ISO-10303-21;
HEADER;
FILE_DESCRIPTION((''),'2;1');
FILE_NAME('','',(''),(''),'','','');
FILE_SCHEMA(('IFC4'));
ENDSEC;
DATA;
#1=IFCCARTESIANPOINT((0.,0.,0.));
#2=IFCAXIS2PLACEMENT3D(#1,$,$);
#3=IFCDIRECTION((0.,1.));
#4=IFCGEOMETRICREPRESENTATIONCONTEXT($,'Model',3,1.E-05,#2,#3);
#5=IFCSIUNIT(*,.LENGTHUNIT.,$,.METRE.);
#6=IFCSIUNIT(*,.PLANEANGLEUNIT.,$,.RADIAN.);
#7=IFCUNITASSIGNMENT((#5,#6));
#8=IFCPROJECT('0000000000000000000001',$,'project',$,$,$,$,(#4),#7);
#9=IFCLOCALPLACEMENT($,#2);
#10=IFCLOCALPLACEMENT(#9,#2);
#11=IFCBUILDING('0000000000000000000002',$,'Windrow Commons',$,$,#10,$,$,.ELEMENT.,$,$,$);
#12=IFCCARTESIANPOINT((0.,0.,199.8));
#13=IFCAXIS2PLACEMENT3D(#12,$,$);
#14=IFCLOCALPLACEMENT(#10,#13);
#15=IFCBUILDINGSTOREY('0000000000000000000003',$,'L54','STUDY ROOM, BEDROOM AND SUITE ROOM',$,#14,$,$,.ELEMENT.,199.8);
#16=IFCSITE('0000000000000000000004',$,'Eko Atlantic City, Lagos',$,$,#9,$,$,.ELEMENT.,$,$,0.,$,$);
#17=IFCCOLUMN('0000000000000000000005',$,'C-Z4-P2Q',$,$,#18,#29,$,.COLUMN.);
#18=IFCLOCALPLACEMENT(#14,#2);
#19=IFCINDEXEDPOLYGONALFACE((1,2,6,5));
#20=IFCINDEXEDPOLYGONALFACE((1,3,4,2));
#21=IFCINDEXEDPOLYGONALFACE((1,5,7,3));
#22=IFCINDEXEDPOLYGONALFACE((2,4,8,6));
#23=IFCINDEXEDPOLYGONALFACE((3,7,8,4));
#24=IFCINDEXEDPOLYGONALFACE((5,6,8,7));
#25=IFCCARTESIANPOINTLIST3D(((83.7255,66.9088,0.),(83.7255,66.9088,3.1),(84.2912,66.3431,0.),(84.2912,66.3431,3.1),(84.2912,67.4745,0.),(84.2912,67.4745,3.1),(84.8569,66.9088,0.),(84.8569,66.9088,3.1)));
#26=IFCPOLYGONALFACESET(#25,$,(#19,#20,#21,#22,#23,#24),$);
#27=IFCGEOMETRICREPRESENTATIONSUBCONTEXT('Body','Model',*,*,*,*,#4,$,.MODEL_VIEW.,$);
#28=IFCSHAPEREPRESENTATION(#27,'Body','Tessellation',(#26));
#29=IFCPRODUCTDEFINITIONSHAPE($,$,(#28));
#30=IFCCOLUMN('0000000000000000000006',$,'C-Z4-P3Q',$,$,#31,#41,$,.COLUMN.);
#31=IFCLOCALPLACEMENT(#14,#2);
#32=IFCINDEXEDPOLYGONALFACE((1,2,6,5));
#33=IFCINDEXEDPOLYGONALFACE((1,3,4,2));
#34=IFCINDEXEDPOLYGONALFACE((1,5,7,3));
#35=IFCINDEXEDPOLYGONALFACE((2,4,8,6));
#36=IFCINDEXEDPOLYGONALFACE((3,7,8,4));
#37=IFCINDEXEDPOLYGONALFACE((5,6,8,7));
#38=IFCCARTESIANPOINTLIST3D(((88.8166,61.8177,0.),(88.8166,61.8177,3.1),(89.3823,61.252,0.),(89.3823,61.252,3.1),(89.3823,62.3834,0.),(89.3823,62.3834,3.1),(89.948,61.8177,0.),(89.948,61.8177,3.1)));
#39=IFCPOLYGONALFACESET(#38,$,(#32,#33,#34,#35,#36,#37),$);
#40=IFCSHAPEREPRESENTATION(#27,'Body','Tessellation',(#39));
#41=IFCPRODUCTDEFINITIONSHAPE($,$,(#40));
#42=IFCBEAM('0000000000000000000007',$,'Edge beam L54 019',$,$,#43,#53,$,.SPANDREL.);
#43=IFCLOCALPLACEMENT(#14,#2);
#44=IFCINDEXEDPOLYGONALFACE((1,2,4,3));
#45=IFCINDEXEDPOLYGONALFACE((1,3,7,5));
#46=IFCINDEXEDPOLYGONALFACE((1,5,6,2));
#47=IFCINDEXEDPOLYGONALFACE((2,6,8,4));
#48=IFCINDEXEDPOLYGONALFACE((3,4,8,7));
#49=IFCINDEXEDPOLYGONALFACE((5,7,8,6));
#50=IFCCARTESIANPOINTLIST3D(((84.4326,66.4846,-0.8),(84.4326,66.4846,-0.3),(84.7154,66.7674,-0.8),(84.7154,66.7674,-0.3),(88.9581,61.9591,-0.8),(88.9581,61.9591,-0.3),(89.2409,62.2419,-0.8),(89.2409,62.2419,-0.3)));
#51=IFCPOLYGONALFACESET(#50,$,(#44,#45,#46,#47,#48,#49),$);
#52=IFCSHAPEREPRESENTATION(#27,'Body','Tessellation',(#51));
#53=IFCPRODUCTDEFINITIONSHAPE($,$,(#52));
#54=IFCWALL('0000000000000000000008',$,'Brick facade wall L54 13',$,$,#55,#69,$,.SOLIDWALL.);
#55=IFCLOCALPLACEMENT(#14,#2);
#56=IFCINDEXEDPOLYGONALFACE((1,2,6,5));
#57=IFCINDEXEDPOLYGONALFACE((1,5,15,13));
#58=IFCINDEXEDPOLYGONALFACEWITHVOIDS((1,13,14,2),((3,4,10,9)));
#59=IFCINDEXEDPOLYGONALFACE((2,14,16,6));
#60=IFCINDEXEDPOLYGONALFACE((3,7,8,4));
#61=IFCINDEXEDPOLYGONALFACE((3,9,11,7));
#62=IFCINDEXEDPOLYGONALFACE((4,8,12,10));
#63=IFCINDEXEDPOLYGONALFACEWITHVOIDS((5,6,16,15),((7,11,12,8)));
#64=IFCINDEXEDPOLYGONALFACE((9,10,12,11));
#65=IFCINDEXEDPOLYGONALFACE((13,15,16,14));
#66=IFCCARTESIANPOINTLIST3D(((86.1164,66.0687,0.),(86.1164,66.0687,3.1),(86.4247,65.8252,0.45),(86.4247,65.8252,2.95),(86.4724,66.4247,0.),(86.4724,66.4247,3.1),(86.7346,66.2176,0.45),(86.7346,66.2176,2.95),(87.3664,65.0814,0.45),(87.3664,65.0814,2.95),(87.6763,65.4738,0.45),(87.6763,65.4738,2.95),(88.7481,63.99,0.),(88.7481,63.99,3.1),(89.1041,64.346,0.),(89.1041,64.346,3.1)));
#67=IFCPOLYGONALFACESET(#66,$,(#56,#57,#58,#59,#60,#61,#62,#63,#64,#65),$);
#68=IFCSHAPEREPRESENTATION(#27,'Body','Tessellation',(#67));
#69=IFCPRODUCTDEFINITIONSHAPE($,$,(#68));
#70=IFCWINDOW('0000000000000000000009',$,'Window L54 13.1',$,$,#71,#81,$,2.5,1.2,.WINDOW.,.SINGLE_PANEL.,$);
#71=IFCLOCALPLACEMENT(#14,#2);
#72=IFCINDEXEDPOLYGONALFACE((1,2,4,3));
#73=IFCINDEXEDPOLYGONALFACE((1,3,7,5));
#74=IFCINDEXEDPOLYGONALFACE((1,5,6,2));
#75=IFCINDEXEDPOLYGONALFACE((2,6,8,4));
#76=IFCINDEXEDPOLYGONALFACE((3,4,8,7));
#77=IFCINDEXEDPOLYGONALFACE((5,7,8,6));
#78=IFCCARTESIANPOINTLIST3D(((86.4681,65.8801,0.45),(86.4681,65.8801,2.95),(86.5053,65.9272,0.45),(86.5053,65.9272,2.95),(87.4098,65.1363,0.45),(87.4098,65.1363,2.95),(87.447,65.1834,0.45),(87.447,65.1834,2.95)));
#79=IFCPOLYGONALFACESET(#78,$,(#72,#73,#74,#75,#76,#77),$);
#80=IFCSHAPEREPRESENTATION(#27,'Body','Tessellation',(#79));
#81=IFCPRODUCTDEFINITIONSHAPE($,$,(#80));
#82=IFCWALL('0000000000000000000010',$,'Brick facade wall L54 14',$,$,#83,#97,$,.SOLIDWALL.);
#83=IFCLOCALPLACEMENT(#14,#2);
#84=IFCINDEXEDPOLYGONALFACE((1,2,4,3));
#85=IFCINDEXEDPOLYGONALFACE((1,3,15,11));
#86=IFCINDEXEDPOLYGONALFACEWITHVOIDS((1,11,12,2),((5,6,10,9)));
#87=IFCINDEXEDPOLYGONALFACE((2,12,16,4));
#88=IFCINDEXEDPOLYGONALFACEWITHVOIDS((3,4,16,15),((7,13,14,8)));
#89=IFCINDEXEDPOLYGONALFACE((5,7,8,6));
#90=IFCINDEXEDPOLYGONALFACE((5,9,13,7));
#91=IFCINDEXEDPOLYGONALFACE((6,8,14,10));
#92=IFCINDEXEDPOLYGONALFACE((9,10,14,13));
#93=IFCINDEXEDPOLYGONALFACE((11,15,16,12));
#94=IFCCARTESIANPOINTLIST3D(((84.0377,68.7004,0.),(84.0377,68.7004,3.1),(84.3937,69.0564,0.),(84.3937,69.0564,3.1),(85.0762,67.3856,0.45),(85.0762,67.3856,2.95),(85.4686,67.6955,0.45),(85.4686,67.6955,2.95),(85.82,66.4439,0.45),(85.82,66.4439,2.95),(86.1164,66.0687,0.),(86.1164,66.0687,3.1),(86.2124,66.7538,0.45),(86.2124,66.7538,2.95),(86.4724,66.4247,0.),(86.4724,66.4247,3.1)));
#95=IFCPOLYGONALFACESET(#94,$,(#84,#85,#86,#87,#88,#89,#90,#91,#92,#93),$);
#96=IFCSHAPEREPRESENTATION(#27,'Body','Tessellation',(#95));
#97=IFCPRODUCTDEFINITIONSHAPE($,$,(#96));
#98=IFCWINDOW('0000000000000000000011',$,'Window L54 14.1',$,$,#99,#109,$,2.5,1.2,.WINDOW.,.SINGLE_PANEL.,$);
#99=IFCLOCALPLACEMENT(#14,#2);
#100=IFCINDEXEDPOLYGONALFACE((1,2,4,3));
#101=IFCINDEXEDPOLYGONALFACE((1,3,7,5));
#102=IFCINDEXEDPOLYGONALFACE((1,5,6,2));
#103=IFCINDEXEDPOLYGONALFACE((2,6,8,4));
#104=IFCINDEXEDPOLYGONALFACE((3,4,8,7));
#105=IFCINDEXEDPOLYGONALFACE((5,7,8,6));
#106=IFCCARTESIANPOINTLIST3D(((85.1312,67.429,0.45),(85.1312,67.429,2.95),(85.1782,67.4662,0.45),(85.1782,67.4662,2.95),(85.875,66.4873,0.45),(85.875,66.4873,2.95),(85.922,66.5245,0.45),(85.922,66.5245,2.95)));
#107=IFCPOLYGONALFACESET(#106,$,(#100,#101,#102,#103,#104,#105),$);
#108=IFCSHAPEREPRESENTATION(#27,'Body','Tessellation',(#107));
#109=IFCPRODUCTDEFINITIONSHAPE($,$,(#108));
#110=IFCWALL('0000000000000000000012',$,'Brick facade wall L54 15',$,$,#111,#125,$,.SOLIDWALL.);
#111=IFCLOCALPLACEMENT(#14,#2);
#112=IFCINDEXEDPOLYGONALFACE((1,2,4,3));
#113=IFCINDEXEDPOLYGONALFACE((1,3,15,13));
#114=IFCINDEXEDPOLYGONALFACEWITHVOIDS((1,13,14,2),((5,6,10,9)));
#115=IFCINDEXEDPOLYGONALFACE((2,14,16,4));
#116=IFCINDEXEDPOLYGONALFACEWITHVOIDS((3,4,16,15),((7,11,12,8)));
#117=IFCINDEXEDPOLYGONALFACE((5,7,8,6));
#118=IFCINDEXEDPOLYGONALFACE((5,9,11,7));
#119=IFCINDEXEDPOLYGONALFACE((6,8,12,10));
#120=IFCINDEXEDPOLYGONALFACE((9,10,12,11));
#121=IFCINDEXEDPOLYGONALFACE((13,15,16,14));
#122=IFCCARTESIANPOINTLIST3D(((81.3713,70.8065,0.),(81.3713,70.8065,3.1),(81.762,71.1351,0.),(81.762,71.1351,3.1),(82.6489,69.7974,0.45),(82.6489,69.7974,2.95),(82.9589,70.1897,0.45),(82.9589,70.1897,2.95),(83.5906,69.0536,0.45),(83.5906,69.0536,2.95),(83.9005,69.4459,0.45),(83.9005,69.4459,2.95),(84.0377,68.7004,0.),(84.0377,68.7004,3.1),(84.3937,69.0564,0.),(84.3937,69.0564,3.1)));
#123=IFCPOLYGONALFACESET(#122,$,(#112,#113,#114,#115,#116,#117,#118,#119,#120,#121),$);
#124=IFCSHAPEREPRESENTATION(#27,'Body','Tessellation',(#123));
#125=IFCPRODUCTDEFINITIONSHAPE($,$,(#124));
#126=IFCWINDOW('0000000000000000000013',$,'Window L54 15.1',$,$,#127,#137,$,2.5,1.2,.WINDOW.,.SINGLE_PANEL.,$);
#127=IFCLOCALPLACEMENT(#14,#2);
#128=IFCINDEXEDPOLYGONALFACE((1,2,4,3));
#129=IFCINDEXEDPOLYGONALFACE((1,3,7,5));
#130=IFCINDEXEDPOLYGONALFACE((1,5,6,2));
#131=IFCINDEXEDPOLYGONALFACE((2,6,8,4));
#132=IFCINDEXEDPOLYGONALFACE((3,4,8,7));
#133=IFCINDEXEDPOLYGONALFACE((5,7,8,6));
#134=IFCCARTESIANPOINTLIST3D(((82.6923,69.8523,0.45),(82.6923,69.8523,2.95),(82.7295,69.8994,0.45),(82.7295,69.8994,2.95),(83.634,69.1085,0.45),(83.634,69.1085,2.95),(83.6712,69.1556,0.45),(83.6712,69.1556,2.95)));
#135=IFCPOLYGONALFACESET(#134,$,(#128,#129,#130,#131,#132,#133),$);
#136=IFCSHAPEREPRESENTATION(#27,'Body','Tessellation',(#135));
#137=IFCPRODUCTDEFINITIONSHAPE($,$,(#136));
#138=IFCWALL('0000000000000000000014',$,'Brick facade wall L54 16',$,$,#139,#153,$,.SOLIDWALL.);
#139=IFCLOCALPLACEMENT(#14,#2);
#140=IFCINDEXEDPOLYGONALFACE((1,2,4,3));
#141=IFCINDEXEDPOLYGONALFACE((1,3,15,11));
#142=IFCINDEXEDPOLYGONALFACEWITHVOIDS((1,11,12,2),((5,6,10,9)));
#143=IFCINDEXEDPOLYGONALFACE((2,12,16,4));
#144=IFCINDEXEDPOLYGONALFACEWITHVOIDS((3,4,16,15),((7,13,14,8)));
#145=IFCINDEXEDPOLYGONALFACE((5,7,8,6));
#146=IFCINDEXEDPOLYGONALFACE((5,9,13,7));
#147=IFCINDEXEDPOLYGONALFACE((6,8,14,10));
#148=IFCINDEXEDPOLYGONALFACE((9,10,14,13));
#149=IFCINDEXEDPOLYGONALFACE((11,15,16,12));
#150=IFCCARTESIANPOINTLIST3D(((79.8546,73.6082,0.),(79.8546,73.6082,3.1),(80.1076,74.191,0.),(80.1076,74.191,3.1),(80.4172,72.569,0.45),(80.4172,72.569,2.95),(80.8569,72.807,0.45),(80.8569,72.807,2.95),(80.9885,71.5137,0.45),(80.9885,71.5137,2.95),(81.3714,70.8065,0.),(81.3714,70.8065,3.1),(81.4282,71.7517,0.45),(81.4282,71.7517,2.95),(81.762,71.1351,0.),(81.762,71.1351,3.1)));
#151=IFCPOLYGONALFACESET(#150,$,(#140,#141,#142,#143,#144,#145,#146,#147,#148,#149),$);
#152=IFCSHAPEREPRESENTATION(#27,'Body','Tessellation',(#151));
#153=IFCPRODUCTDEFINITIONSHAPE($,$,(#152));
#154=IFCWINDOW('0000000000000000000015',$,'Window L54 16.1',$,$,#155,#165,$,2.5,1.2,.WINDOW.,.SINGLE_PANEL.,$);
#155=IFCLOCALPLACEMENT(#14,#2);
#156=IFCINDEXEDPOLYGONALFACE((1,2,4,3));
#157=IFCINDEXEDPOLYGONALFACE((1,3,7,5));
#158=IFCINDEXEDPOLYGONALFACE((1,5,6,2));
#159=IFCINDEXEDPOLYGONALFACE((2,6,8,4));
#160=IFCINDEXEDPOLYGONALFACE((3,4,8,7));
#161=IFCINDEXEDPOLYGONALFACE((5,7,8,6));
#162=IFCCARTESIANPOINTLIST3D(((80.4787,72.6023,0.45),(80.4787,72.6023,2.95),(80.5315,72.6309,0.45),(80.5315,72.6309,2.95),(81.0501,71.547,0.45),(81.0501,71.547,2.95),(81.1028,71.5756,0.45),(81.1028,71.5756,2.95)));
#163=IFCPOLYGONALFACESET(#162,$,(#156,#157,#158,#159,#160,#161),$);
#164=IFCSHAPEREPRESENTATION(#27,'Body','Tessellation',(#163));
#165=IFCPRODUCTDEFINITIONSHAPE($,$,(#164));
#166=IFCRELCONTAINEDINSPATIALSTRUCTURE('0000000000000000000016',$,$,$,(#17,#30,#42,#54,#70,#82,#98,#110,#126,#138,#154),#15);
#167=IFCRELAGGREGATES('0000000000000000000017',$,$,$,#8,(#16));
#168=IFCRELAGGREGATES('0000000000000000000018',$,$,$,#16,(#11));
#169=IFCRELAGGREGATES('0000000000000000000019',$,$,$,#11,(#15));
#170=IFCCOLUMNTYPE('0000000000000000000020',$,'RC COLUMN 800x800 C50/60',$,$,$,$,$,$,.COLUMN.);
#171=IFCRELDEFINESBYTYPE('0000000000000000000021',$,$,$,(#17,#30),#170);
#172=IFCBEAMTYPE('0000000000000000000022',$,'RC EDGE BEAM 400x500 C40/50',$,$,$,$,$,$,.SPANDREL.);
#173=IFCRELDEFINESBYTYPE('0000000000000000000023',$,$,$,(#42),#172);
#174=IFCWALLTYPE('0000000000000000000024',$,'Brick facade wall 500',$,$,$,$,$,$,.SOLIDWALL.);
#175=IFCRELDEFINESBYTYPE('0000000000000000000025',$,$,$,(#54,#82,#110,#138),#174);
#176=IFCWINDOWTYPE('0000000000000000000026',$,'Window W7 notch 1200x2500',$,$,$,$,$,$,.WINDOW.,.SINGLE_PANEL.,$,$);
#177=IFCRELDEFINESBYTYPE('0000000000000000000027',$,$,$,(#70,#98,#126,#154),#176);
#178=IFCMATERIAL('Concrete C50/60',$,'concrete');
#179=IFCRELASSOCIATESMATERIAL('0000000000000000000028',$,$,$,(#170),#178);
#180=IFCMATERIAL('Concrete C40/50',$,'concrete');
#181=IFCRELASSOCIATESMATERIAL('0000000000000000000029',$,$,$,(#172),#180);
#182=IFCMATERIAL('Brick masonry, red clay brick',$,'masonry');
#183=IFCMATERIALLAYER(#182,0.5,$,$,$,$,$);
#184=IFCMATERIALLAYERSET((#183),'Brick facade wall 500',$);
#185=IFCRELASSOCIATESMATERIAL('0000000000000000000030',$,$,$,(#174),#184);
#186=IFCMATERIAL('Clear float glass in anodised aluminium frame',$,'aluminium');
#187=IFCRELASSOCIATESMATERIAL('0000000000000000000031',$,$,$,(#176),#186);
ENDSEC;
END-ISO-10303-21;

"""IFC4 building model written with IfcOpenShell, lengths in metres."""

from ifc_helpers import new_model, si_unit, direction, frame, frame_2d, origin, origin_2d, place, context, subcontext, project, spatial, polyline, rectangle, outline, extrude, material, layer, layer_set, material_profile, profile_set, type_object, element, fill, save


model = new_model("IFC4")

# Units and contexts
model_context = context("Model", 3, precision=1e-05, world=origin(), true_north=direction((0.0, 1.0)))
body_context = subcontext(model_context, "Body", "Model", "MODEL_VIEW")
ifc_project = project(units=[si_unit("LENGTHUNIT", "METRE"), si_unit("PLANEANGLEUNIT", "RADIAN")], contexts=[model_context])

# Site, building, storey
site_placement = place(None, origin())
site = spatial("IfcSite", under=ifc_project, at=site_placement, Name="Eko Atlantic City, Lagos", CompositionType="ELEMENT", RefElevation=0.0)
building_placement = place(site_placement, origin())
building = spatial("IfcBuilding", under=site, at=building_placement, Name="Windrow Commons", CompositionType="ELEMENT")
storey_placement = place(building_placement, frame((0.0, 0.0, 199.8)))
storey = spatial("IfcBuildingStorey", under=building, at=storey_placement, Name="L54", Description="STUDY ROOM, BEDROOM AND SUITE ROOM", CompositionType="ELEMENT", Elevation=199.8)

# Columns
ifc_material_1 = material(Name="Concrete C50/60", Category="concrete")
ifc_material_profile_1 = material_profile(ifc_material_1, rectangle(XDim=0.8, YDim=0.8, at=origin_2d()))
ifc_profile_set_1 = profile_set([ifc_material_profile_1], Name="Concrete C50/60")
column_type = type_object("IfcColumnType", Name="RC COLUMN 800x800 C50/60", PredefinedType="COLUMN", material=ifc_profile_set_1)
for number, where, z_axis, x_axis, name in (
    (1, (84.2912, 66.9088, 0.0), (0.0, 0.0, 1.0), (0.707107, -0.707107, 0.0), "C-Z4-P2Q"),
    (2, (89.3823, 61.8177, 0.0), (0.0, 0.0, 1.0), (0.707107, -0.707107, 0.0), "C-Z4-P3Q"),
):
    element("IfcColumn", number, at=place(storey_placement, frame(where, z_axis=z_axis, x_axis=x_axis)), inside=storey, type_object=column_type, Name=name, PredefinedType="COLUMN", context=body_context, shape_type="SweptSolid", body=[
        extrude(rectangle(XDim=0.8, YDim=0.8, at=origin_2d()), origin(), (0.0, 0.0, 1.0), 3.1),
    ])

# Beam
ifc_material_2 = material(Name="Concrete C40/50", Category="concrete")
ifc_material_profile_2 = material_profile(ifc_material_2, rectangle(XDim=0.4, YDim=0.5, at=origin_2d()))
ifc_profile_set_2 = profile_set([ifc_material_profile_2], Name="Concrete C40/50")
beam_type = type_object("IfcBeamType", Name="RC EDGE BEAM 400x500 C40/50", PredefinedType="SPANDREL", material=ifc_profile_set_2)
beam_placement = place(storey_placement, frame((84.574, 66.626, -0.55), z_axis=(0.707107, -0.707107, 0.0), x_axis=(0.707107, 0.707107, 0.0)))
element("IfcBeam", 3, at=beam_placement, inside=storey, type_object=beam_type, Name="Edge beam L54 019", PredefinedType="SPANDREL", context=body_context, shape_type="SweptSolid", body=[
    extrude(rectangle(XDim=0.4, YDim=0.5, at=origin_2d()), origin(), (0.0, 0.0, 1.0), 6.4),
])

# Walls, openings, windows
ifc_material_3 = material(Name="Brick masonry, red clay brick", Category="masonry")
ifc_layer_1 = layer(ifc_material_3, 0.5)
ifc_layer_set_1 = layer_set([ifc_layer_1], Name="Brick facade wall 500")
wall_type_1 = type_object("IfcWallType", Name="Brick facade wall 500", PredefinedType="SOLIDWALL", material=ifc_layer_set_1)
wall_1_placement = place(storey_placement, frame((88.9261, 64.168, 0.0), z_axis=(0.0, 0.0, 1.0), x_axis=(-0.784732, 0.619836, 0.0)))
wall_1 = element("IfcWall", 4, at=wall_1_placement, inside=storey, type_object=wall_type_1, Name="Brick facade wall L54 13", PredefinedType="SOLIDWALL", context=body_context, shape_type="SweptSolid", body=[
    extrude(outline(polyline([(-0.0293, -0.25), (3.3243, -0.25), (3.383, 0.25), (0.0293, 0.25), (-0.0293, -0.25)])), origin(), (0.0, 0.0, 1.0), 3.1),
])
opening_1_placement = place(wall_1_placement, frame((1.7901, 0.0, 0.45)))
opening_1 = element("IfcOpeningElement", 5, at=opening_1_placement, cuts=wall_1, PredefinedType="OPENING", context=body_context, shape_type="SweptSolid", body=[
    extrude(rectangle(XDim=1.2, YDim=2.5, at=frame_2d((0.6, 1.25))), frame((0.0, 0.26, 0.0), z_axis=(0.0, -1.0, 0.0), x_axis=(1.0, 0.0, 0.0)), (0.0, 0.0, 1.0), 0.52),
])
ifc_material_4 = material(Name="Clear float glass in anodised aluminium frame", Category="aluminium")
window_type = type_object("IfcWindowType", Name="Window W7 notch 1200x2500", PartitioningType="SINGLE_PANEL", PredefinedType="WINDOW", material=ifc_material_4)
window_1_placement = place(opening_1_placement, origin())
window_1 = element("IfcWindow", 6, at=window_1_placement, inside=storey, type_object=window_type, Name="Window L54 13.1", OverallHeight=2.5, OverallWidth=1.2, PartitioningType="SINGLE_PANEL", PredefinedType="WINDOW", context=body_context, shape_type="SweptSolid", body=[
    extrude(rectangle(XDim=1.2, YDim=2.5, at=frame_2d((0.6, 1.25))), frame((0.0, 0.18, 0.0), z_axis=(0.0, -1.0, 0.0), x_axis=(1.0, 0.0, 0.0)), (0.0, 0.0, 1.0), 0.06),
])
fill(opening_1, window_1)
wall_2_placement = place(storey_placement, frame((86.2944, 66.2467, 0.0), z_axis=(0.0, 0.0, 1.0), x_axis=(-0.619836, 0.784732, 0.0)))
wall_2 = element("IfcWall", 7, at=wall_2_placement, inside=storey, type_object=wall_type_1, Name="Brick facade wall L54 14", PredefinedType="SOLIDWALL", context=body_context, shape_type="SweptSolid", body=[
    extrude(outline(polyline([(0.0293, -0.25), (3.383, -0.25), (3.3243, 0.25), (-0.0293, 0.25), (0.0293, -0.25)])), origin(), (0.0, 0.0, 1.0), 3.1),
])
opening_2_placement = place(wall_2_placement, frame((0.4488, 0.0, 0.45)))
opening_2 = element("IfcOpeningElement", 8, at=opening_2_placement, cuts=wall_2, PredefinedType="OPENING", context=body_context, shape_type="SweptSolid", body=[
    extrude(rectangle(XDim=1.2, YDim=2.5, at=frame_2d((0.6, 1.25))), frame((0.0, 0.26, 0.0), z_axis=(0.0, -1.0, 0.0), x_axis=(1.0, 0.0, 0.0)), (0.0, 0.0, 1.0), 0.52),
])
window_2_placement = place(opening_2_placement, origin())
window_2 = element("IfcWindow", 9, at=window_2_placement, inside=storey, type_object=window_type, Name="Window L54 14.1", OverallHeight=2.5, OverallWidth=1.2, PartitioningType="SINGLE_PANEL", PredefinedType="WINDOW", context=body_context, shape_type="SweptSolid", body=[
    extrude(rectangle(XDim=1.2, YDim=2.5, at=frame_2d((0.6, 1.25))), frame((0.0, 0.18, 0.0), z_axis=(0.0, -1.0, 0.0), x_axis=(1.0, 0.0, 0.0)), (0.0, 0.0, 1.0), 0.06),
])
fill(opening_2, window_2)
wall_3_placement = place(storey_placement, frame((84.2157, 68.8784, 0.0), z_axis=(0.0, 0.0, 1.0), x_axis=(-0.784727, 0.619842, 0.0)))
wall_3 = element("IfcWall", 10, at=wall_3_placement, inside=storey, type_object=wall_type_1, Name="Brick facade wall L54 15", PredefinedType="SOLIDWALL", context=body_context, shape_type="SweptSolid", body=[
    extrude(outline(polyline([(-0.0293, -0.25), (3.3243, -0.25), (3.4272, 0.25), (0.0293, 0.25), (-0.0293, -0.25)])), origin(), (0.0, 0.0, 1.0), 3.1),
])
opening_3_placement = place(wall_3_placement, frame((0.5991, 0.0, 0.45)))
opening_3 = element("IfcOpeningElement", 11, at=opening_3_placement, cuts=wall_3, PredefinedType="OPENING", context=body_context, shape_type="SweptSolid", body=[
    extrude(rectangle(XDim=1.2, YDim=2.5, at=frame_2d((0.6, 1.25))), frame((0.0, 0.26, 0.0), z_axis=(0.0, -1.0, 0.0), x_axis=(1.0, 0.0, 0.0)), (0.0, 0.0, 1.0), 0.52),
])
window_3_placement = place(opening_3_placement, origin())
window_3 = element("IfcWindow", 12, at=window_3_placement, inside=storey, type_object=window_type, Name="Window L54 15.1", OverallHeight=2.5, OverallWidth=1.2, PartitioningType="SINGLE_PANEL", PredefinedType="WINDOW", context=body_context, shape_type="SweptSolid", body=[
    extrude(rectangle(XDim=1.2, YDim=2.5, at=frame_2d((0.6, 1.25))), frame((0.0, 0.18, 0.0), z_axis=(0.0, -1.0, 0.0), x_axis=(1.0, 0.0, 0.0)), (0.0, 0.0, 1.0), 0.06),
])
fill(opening_3, window_3)
wall_4_placement = place(storey_placement, frame((81.5667, 70.9708, 0.0), z_axis=(0.0, 0.0, 1.0), x_axis=(-0.47609, 0.879397, 0.0)))
wall_4 = element("IfcWall", 13, at=wall_4_placement, inside=storey, type_object=wall_type_1, Name="Brick facade wall L54 16", PredefinedType="SOLIDWALL", context=body_context, shape_type="SweptSolid", body=[
    extrude(outline(polyline([(0.0515, -0.25), (3.5265, -0.25), (3.1344, 0.25), (-0.0515, 0.25), (0.0515, -0.25)])), origin(), (0.0, 0.0, 1.0), 3.1),
])
opening_4_placement = place(wall_4_placement, frame((0.7527, 0.0, 0.45)))
opening_4 = element("IfcOpeningElement", 14, at=opening_4_placement, cuts=wall_4, PredefinedType="OPENING", context=body_context, shape_type="SweptSolid", body=[
    extrude(rectangle(XDim=1.2, YDim=2.5, at=frame_2d((0.6, 1.25))), frame((0.0, 0.26, 0.0), z_axis=(0.0, -1.0, 0.0), x_axis=(1.0, 0.0, 0.0)), (0.0, 0.0, 1.0), 0.52),
])
window_4_placement = place(opening_4_placement, origin())
window_4 = element("IfcWindow", 15, at=window_4_placement, inside=storey, type_object=window_type, Name="Window L54 16.1", OverallHeight=2.5, OverallWidth=1.2, PartitioningType="SINGLE_PANEL", PredefinedType="WINDOW", context=body_context, shape_type="SweptSolid", body=[
    extrude(rectangle(XDim=1.2, YDim=2.5, at=frame_2d((0.6, 1.25))), frame((0.0, 0.18, 0.0), z_axis=(0.0, -1.0, 0.0), x_axis=(1.0, 0.0, 0.0)), (0.0, 0.0, 1.0), 0.06),
])
fill(opening_4, window_4)

save(model, "model.ifc")
